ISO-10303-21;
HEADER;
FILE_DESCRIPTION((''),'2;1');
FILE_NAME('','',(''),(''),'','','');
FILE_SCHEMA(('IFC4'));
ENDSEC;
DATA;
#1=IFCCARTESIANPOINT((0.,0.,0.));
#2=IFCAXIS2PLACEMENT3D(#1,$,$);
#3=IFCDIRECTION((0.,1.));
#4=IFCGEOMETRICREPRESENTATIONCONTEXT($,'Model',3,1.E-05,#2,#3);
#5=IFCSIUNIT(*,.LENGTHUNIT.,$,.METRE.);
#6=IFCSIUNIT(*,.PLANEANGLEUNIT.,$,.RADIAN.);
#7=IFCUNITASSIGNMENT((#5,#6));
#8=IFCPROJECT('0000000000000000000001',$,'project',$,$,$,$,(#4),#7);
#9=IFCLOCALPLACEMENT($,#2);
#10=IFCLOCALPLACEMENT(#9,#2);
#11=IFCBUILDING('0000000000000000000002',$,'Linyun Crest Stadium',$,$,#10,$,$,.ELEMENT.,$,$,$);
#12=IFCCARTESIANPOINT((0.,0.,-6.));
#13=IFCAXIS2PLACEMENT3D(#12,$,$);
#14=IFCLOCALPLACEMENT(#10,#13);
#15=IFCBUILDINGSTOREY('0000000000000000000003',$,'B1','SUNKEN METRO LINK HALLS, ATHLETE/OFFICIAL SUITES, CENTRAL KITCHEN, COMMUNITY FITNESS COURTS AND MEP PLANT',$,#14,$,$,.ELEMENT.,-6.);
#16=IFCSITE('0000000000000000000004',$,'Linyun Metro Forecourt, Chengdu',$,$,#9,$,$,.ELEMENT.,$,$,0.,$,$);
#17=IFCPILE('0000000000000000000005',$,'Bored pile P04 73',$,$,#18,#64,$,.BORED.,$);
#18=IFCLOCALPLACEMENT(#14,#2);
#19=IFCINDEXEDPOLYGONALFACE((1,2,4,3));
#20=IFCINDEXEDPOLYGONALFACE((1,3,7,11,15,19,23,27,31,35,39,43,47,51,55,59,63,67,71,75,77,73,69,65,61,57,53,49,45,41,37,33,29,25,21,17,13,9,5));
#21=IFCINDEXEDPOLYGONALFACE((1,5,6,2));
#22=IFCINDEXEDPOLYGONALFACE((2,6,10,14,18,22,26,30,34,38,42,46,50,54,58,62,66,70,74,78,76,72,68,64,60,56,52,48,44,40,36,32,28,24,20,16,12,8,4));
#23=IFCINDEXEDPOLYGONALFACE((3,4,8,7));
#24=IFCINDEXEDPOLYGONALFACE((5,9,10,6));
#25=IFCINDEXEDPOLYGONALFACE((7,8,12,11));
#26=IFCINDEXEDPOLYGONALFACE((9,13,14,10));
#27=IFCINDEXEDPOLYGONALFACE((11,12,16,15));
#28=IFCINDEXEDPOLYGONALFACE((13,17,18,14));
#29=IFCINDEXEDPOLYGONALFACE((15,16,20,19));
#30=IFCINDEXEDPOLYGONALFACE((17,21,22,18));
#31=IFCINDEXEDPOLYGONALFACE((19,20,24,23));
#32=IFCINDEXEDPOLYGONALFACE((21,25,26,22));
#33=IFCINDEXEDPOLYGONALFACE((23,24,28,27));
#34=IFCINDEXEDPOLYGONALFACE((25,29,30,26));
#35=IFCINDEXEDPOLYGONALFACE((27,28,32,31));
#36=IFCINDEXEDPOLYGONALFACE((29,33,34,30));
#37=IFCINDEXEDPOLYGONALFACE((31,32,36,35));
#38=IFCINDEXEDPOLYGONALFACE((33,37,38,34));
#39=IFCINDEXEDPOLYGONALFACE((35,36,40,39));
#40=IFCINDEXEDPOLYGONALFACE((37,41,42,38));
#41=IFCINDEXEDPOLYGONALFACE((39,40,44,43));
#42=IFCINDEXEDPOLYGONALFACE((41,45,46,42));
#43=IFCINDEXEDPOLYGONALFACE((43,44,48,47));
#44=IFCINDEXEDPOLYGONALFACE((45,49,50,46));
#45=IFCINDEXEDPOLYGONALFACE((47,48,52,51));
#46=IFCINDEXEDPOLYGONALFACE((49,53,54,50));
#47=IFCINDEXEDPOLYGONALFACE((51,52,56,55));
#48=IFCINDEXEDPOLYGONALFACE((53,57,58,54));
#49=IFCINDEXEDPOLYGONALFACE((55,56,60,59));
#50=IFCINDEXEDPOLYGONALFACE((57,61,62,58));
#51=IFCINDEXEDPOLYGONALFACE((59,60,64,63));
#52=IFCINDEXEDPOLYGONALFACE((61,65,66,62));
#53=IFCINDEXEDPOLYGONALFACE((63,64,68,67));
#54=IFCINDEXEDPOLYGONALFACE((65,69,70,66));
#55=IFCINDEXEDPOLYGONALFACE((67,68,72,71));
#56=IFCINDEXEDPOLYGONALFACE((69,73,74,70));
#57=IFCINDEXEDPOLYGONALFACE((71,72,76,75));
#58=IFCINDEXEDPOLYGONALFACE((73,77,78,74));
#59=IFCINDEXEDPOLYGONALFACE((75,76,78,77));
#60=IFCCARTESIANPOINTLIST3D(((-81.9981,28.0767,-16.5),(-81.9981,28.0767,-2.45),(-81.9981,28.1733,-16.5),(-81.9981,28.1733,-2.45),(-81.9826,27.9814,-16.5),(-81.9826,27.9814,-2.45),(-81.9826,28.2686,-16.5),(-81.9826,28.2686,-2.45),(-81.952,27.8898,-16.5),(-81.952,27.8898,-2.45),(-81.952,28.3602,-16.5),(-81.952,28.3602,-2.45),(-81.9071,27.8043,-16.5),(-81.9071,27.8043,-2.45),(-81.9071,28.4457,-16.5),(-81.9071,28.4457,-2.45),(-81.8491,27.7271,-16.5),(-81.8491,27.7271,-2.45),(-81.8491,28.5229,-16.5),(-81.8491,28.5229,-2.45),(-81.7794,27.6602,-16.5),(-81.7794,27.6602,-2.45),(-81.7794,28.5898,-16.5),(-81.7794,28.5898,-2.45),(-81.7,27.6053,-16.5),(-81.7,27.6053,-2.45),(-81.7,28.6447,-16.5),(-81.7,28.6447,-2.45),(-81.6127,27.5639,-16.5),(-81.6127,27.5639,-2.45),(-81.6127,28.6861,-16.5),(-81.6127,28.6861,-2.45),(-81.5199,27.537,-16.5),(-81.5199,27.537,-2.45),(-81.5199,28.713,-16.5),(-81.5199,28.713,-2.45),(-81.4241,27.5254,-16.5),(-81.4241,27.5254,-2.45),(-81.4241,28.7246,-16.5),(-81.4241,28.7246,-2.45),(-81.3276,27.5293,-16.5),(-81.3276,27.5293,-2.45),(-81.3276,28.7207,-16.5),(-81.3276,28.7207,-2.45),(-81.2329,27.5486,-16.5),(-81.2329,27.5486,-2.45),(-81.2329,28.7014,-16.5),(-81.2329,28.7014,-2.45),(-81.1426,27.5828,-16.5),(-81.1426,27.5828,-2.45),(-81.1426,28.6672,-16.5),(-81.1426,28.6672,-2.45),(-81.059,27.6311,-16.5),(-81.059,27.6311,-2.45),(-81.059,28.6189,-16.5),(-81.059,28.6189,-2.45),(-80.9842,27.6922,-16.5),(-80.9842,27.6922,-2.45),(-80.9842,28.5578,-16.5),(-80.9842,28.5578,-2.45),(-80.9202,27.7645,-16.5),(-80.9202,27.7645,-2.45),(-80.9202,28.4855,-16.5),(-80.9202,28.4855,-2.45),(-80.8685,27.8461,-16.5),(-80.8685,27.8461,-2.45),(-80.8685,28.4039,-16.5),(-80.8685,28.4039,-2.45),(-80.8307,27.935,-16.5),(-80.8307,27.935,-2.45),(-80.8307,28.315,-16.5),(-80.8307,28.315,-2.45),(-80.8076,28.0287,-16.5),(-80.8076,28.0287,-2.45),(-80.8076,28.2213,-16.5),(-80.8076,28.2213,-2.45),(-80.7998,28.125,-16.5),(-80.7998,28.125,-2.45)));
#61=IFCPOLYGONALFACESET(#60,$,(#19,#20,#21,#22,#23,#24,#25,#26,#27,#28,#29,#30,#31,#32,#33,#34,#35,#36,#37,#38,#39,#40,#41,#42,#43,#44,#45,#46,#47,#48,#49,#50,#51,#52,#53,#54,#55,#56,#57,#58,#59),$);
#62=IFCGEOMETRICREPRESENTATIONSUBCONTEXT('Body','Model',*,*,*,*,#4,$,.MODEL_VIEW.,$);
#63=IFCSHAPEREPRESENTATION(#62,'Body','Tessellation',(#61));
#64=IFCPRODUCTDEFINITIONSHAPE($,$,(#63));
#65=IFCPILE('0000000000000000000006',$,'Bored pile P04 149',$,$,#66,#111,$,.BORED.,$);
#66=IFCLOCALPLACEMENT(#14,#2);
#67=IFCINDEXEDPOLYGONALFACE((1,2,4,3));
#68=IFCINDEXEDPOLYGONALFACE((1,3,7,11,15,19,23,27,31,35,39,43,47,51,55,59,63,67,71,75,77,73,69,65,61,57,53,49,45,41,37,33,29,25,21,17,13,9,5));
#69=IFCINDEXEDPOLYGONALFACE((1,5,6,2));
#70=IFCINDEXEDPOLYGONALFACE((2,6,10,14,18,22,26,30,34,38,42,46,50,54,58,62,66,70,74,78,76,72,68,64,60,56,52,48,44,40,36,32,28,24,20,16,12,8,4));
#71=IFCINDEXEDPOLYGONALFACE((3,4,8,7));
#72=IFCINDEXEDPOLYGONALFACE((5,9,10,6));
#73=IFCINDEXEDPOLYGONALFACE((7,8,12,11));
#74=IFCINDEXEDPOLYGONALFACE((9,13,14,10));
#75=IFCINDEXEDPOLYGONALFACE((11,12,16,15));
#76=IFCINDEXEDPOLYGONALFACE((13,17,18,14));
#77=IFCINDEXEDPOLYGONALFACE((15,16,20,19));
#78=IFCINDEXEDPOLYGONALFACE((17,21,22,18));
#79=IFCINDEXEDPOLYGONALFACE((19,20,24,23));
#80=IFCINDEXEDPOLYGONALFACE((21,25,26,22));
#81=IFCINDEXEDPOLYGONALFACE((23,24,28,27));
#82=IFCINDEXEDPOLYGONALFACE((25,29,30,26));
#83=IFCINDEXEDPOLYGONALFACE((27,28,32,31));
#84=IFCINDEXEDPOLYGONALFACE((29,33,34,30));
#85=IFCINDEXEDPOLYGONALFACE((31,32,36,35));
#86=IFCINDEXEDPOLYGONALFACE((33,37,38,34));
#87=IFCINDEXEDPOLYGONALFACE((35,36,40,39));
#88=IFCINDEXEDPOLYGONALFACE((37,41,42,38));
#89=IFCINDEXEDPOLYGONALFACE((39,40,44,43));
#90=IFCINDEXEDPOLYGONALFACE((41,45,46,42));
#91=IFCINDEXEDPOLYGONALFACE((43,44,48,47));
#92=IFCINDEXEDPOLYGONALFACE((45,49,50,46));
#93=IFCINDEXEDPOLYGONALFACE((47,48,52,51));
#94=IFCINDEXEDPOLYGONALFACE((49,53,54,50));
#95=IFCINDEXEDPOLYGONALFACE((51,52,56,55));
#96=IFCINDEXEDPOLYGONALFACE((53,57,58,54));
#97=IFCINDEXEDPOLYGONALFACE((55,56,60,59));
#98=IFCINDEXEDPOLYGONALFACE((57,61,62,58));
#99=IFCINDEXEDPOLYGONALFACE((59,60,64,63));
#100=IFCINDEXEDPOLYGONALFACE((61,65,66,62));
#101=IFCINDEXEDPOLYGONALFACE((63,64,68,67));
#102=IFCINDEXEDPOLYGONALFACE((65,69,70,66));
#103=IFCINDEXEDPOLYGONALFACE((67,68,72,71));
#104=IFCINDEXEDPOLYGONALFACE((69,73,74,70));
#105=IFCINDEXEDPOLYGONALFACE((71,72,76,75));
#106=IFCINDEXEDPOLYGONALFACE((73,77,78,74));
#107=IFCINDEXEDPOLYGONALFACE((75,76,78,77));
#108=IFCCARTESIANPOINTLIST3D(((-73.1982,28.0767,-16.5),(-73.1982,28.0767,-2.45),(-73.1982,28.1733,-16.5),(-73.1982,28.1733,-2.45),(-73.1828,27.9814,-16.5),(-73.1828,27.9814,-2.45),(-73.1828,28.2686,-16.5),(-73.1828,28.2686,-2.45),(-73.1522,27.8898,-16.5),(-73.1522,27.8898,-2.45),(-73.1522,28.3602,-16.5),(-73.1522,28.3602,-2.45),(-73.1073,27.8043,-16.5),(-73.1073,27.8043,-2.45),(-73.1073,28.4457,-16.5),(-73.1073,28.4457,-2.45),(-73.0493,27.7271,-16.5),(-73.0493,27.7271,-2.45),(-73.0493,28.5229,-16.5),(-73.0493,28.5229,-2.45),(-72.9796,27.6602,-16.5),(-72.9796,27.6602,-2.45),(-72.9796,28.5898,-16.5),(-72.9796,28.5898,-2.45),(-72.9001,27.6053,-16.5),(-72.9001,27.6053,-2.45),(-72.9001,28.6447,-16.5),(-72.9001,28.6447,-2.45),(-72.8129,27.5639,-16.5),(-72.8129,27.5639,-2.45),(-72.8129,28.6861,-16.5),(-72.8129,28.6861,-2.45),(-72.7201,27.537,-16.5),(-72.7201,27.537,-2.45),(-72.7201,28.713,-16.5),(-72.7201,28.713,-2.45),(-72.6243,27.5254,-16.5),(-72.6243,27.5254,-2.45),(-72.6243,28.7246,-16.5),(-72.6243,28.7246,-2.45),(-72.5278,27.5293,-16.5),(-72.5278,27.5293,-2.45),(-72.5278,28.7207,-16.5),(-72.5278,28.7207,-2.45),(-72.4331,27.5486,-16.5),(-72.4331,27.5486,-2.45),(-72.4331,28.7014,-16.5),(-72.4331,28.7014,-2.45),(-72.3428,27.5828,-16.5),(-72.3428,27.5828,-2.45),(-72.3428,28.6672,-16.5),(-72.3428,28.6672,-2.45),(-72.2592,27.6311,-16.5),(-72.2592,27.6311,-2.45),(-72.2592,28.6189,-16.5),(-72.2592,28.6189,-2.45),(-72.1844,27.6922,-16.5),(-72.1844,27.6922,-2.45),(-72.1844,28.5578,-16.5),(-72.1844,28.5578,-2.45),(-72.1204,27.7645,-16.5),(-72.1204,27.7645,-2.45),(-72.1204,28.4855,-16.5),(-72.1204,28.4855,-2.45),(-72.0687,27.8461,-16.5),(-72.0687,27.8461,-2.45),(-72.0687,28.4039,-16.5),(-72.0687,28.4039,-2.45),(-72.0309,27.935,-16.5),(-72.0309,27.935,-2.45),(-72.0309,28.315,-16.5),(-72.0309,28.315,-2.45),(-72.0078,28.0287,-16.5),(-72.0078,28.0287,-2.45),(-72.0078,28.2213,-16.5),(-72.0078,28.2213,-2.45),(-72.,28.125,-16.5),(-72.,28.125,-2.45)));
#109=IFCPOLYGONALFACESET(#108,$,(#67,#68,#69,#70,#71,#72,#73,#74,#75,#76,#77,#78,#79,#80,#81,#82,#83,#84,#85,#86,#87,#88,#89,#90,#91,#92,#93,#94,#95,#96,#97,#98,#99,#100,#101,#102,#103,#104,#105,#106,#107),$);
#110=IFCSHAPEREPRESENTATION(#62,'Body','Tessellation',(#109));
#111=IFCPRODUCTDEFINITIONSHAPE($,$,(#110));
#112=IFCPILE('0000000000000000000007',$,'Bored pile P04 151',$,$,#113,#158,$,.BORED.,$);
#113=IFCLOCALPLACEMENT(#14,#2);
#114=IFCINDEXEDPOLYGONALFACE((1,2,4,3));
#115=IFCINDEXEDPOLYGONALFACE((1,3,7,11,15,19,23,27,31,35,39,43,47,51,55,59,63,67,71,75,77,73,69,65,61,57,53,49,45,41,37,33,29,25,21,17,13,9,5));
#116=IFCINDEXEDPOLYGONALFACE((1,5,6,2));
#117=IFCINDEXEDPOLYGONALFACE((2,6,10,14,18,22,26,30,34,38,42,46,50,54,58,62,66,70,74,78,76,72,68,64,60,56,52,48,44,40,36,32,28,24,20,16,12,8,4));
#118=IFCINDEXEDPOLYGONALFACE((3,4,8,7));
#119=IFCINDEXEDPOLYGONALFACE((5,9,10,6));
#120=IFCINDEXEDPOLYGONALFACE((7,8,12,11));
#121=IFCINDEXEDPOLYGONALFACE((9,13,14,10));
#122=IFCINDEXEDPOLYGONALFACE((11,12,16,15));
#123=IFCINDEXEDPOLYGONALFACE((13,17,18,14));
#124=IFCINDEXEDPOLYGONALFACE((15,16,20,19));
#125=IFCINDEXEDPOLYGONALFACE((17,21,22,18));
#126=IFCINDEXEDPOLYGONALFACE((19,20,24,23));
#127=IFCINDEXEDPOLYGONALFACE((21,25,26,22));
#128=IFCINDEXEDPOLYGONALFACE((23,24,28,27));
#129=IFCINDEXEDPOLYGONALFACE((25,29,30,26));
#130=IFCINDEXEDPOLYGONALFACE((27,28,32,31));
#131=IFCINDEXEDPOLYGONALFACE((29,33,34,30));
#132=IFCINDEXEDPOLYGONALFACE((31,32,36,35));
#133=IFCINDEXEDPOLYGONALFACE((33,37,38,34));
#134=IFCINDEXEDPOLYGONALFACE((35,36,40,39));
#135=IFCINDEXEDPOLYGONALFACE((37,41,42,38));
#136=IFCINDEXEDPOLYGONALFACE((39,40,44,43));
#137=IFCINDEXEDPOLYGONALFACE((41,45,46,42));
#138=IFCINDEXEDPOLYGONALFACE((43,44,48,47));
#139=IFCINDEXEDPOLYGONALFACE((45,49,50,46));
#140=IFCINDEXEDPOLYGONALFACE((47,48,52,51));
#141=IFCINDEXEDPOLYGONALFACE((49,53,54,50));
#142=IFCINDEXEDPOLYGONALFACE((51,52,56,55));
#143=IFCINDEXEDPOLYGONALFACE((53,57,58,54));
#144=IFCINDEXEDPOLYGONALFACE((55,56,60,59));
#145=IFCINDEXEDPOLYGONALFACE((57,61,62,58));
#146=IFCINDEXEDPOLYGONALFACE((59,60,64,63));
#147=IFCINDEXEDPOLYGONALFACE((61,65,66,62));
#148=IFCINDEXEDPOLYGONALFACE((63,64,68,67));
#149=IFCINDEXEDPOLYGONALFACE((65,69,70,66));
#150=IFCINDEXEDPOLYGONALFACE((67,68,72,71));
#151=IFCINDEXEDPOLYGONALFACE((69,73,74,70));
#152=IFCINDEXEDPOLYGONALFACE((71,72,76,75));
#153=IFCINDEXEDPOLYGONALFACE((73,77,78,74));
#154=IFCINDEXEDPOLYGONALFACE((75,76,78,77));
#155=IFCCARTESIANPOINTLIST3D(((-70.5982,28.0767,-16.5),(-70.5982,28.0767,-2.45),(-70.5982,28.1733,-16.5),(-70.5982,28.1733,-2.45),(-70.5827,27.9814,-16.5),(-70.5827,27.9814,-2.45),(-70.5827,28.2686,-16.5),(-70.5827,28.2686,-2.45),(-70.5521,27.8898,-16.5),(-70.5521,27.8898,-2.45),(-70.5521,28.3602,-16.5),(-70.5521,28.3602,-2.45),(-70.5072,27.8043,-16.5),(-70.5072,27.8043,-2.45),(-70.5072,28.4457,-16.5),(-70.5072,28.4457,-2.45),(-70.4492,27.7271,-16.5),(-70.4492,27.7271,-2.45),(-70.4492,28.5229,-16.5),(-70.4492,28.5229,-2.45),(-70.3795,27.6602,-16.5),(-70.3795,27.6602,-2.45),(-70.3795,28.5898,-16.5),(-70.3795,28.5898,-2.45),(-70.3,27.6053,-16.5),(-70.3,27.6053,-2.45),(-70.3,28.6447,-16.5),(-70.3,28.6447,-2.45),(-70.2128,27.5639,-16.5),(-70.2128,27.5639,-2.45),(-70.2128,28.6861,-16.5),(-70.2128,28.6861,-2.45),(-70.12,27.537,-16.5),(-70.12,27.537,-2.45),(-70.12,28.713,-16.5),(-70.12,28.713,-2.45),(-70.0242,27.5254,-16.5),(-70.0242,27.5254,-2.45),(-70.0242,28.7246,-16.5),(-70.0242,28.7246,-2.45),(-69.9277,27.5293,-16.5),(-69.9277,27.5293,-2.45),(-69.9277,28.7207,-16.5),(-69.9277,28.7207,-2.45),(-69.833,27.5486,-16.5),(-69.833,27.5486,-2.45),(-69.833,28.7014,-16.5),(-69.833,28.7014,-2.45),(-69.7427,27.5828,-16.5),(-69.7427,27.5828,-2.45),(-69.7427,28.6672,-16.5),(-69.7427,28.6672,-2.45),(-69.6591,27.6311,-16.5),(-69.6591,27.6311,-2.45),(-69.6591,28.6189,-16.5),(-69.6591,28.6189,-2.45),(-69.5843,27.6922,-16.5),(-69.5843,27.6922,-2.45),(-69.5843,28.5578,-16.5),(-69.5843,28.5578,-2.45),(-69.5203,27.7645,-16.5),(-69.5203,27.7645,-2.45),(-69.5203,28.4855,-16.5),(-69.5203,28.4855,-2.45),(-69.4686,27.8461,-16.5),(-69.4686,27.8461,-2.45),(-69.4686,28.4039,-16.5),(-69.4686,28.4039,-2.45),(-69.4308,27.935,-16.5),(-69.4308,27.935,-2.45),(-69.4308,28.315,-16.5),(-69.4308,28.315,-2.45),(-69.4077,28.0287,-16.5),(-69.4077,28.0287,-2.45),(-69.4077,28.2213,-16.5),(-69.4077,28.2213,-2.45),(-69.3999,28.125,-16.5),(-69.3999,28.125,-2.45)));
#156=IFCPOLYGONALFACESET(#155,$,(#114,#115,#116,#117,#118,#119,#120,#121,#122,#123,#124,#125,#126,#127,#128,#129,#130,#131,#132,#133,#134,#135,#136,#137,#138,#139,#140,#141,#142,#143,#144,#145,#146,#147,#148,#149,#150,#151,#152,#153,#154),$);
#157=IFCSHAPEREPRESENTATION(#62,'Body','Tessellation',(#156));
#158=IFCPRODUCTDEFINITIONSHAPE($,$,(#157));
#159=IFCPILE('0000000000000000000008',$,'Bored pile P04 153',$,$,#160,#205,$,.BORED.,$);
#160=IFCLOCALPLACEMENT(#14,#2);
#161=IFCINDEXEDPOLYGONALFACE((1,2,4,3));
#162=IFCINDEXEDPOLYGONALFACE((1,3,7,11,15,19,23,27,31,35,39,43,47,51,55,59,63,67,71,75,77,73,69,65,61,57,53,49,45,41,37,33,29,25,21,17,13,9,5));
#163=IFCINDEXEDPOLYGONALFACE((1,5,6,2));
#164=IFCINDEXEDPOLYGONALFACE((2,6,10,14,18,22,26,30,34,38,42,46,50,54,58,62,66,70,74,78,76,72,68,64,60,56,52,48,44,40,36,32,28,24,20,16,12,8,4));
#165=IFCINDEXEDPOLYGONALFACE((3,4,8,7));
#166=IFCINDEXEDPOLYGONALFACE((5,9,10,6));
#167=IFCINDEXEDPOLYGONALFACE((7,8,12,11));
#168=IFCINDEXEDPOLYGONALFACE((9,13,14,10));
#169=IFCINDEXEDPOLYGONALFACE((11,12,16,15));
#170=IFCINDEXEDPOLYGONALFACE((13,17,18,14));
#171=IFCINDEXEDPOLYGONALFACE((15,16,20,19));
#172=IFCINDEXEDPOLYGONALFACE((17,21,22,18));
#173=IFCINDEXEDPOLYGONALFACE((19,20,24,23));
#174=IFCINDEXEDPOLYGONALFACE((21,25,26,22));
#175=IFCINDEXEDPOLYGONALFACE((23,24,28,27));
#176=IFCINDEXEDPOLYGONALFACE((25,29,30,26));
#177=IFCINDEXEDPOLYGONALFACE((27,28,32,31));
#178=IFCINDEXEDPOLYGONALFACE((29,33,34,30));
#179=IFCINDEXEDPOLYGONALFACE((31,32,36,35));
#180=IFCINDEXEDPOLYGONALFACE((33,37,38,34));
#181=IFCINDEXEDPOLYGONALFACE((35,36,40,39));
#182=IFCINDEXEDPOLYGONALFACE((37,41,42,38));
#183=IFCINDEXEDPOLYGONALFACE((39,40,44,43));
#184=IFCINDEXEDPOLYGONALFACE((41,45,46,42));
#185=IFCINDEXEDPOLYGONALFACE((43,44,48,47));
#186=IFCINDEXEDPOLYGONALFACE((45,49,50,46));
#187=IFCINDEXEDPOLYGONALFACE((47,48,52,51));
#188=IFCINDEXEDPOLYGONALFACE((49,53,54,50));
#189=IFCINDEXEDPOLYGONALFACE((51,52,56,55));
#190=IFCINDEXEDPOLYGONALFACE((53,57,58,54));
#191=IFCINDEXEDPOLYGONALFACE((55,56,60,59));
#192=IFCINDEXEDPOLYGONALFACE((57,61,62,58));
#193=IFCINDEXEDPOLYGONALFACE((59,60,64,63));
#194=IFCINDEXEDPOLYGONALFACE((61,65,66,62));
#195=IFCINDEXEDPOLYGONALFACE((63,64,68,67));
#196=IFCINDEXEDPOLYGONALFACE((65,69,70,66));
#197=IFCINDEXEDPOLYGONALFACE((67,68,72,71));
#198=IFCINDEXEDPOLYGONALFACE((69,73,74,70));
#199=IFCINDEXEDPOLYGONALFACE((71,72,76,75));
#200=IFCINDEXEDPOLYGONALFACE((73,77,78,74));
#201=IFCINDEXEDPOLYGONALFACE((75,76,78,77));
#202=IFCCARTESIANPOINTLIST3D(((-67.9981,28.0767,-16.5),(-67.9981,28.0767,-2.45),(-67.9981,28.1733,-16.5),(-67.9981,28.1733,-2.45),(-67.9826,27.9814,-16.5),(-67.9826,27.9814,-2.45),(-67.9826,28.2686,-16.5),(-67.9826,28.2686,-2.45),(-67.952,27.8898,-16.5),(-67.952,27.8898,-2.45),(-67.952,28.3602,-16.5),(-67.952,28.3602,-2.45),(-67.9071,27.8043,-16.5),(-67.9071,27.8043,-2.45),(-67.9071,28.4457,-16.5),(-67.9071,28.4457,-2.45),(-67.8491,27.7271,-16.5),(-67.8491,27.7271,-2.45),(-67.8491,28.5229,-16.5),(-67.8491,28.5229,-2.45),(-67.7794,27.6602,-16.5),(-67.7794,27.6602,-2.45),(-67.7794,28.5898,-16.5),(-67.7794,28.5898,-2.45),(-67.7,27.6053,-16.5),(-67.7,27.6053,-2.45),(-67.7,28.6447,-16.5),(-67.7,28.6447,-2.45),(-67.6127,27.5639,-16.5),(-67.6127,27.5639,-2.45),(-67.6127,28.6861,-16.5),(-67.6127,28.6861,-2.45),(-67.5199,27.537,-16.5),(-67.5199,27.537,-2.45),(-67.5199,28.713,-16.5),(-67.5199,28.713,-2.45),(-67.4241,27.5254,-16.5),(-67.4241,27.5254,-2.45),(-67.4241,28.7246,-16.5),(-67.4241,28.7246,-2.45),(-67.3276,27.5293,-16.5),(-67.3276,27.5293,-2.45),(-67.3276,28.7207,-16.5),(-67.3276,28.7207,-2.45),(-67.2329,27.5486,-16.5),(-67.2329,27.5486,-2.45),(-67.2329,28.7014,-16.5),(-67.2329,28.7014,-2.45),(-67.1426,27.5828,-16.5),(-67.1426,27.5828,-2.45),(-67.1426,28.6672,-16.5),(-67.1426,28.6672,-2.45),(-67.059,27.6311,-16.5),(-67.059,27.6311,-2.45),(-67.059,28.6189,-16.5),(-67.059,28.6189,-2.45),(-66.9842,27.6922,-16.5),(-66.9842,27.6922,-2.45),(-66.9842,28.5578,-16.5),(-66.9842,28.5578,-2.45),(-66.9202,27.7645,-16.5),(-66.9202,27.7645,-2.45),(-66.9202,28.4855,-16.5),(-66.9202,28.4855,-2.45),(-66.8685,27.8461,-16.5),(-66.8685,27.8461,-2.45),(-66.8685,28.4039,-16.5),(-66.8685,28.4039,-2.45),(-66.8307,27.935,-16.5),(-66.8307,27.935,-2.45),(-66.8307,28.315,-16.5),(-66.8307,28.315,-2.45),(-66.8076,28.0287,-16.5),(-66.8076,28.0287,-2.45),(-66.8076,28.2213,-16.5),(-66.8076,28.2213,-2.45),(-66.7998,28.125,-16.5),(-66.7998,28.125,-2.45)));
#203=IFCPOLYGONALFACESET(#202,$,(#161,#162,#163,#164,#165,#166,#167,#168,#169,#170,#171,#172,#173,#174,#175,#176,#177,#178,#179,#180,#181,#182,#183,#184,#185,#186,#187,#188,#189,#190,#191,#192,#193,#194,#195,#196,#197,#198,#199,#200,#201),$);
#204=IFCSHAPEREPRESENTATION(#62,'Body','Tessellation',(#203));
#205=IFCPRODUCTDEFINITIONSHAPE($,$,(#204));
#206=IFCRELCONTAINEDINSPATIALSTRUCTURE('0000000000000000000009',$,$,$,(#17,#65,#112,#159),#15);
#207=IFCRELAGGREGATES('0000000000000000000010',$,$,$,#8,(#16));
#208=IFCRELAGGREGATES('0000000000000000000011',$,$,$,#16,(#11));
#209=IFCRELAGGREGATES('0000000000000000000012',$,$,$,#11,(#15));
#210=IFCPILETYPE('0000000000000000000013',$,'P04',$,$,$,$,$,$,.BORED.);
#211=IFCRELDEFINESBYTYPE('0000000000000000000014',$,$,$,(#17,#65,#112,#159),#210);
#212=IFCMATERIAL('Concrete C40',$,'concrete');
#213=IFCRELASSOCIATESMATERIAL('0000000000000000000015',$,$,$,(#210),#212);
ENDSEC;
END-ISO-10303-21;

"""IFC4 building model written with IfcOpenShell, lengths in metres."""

from ifc_helpers import new_model, si_unit, direction, frame, origin, origin_2d, place, context, subcontext, project, spatial, circle, extrude, material, material_profile, profile_set, type_object, element, save


model = new_model("IFC4")

# Units and contexts
model_context = context("Model", 3, precision=1e-05, world=origin(), true_north=direction((0.0, 1.0)))
body_context = subcontext(model_context, "Body", "Model", "MODEL_VIEW")
ifc_project = project(units=[si_unit("LENGTHUNIT", "METRE"), si_unit("PLANEANGLEUNIT", "RADIAN")], contexts=[model_context])

# Site, building, storey
site_placement = place(None, origin())
site = spatial("IfcSite", under=ifc_project, at=site_placement, Name="Linyun Metro Forecourt, Chengdu", CompositionType="ELEMENT", RefElevation=0.0)
building_placement = place(site_placement, origin())
building = spatial("IfcBuilding", under=site, at=building_placement, Name="Linyun Crest Stadium", CompositionType="ELEMENT")
storey_placement = place(building_placement, frame((0.0, 0.0, -6.0)))
storey = spatial("IfcBuildingStorey", under=building, at=storey_placement, Name="B1", Description="SUNKEN METRO LINK HALLS, ATHLETE/OFFICIAL SUITES, CENTRAL KITCHEN, COMMUNITY FITNESS COURTS AND MEP PLANT", CompositionType="ELEMENT", Elevation=-6.0)

# Piles
ifc_material_1 = material(Name="Concrete C40", Category="concrete")
ifc_material_profile_1 = material_profile(ifc_material_1, circle(Radius=0.6001, at=origin_2d()), Name="BORED PILE 1200")
ifc_profile_set_1 = profile_set([ifc_material_profile_1], Name="Concrete C40")
pile_type_1 = type_object("IfcPileType", Name="P04", PredefinedType="BORED", material=ifc_profile_set_1)
for number, where, z_axis, x_axis, name in (
    (1, (-81.3999, 28.125, -2.45), (0.0, 0.0, -1.0), (1.0, 0.0, 0.0), "Bored pile P04 73"),
    (2, (-72.6001, 28.125, -2.45), (0.0, 0.0, -1.0), (1.0, 0.0, 0.0), "Bored pile P04 149"),
    (3, (-70.0, 28.125, -2.45), (0.0, 0.0, -1.0), (1.0, 0.0, 0.0), "Bored pile P04 151"),
    (4, (-67.3999, 28.125, -2.45), (0.0, 0.0, -1.0), (1.0, 0.0, 0.0), "Bored pile P04 153"),
):
    element("IfcPile", number, at=place(storey_placement, frame(where, z_axis=z_axis, x_axis=x_axis)), inside=storey, type_object=pile_type_1, Name=name, PredefinedType="BORED", context=body_context, shape_type="SweptSolid", body=[
        extrude(circle(Radius=0.6001, at=origin_2d()), origin(), (0.0, 0.0, 1.0), 14.05),
    ])

save(model, "model.ifc")
